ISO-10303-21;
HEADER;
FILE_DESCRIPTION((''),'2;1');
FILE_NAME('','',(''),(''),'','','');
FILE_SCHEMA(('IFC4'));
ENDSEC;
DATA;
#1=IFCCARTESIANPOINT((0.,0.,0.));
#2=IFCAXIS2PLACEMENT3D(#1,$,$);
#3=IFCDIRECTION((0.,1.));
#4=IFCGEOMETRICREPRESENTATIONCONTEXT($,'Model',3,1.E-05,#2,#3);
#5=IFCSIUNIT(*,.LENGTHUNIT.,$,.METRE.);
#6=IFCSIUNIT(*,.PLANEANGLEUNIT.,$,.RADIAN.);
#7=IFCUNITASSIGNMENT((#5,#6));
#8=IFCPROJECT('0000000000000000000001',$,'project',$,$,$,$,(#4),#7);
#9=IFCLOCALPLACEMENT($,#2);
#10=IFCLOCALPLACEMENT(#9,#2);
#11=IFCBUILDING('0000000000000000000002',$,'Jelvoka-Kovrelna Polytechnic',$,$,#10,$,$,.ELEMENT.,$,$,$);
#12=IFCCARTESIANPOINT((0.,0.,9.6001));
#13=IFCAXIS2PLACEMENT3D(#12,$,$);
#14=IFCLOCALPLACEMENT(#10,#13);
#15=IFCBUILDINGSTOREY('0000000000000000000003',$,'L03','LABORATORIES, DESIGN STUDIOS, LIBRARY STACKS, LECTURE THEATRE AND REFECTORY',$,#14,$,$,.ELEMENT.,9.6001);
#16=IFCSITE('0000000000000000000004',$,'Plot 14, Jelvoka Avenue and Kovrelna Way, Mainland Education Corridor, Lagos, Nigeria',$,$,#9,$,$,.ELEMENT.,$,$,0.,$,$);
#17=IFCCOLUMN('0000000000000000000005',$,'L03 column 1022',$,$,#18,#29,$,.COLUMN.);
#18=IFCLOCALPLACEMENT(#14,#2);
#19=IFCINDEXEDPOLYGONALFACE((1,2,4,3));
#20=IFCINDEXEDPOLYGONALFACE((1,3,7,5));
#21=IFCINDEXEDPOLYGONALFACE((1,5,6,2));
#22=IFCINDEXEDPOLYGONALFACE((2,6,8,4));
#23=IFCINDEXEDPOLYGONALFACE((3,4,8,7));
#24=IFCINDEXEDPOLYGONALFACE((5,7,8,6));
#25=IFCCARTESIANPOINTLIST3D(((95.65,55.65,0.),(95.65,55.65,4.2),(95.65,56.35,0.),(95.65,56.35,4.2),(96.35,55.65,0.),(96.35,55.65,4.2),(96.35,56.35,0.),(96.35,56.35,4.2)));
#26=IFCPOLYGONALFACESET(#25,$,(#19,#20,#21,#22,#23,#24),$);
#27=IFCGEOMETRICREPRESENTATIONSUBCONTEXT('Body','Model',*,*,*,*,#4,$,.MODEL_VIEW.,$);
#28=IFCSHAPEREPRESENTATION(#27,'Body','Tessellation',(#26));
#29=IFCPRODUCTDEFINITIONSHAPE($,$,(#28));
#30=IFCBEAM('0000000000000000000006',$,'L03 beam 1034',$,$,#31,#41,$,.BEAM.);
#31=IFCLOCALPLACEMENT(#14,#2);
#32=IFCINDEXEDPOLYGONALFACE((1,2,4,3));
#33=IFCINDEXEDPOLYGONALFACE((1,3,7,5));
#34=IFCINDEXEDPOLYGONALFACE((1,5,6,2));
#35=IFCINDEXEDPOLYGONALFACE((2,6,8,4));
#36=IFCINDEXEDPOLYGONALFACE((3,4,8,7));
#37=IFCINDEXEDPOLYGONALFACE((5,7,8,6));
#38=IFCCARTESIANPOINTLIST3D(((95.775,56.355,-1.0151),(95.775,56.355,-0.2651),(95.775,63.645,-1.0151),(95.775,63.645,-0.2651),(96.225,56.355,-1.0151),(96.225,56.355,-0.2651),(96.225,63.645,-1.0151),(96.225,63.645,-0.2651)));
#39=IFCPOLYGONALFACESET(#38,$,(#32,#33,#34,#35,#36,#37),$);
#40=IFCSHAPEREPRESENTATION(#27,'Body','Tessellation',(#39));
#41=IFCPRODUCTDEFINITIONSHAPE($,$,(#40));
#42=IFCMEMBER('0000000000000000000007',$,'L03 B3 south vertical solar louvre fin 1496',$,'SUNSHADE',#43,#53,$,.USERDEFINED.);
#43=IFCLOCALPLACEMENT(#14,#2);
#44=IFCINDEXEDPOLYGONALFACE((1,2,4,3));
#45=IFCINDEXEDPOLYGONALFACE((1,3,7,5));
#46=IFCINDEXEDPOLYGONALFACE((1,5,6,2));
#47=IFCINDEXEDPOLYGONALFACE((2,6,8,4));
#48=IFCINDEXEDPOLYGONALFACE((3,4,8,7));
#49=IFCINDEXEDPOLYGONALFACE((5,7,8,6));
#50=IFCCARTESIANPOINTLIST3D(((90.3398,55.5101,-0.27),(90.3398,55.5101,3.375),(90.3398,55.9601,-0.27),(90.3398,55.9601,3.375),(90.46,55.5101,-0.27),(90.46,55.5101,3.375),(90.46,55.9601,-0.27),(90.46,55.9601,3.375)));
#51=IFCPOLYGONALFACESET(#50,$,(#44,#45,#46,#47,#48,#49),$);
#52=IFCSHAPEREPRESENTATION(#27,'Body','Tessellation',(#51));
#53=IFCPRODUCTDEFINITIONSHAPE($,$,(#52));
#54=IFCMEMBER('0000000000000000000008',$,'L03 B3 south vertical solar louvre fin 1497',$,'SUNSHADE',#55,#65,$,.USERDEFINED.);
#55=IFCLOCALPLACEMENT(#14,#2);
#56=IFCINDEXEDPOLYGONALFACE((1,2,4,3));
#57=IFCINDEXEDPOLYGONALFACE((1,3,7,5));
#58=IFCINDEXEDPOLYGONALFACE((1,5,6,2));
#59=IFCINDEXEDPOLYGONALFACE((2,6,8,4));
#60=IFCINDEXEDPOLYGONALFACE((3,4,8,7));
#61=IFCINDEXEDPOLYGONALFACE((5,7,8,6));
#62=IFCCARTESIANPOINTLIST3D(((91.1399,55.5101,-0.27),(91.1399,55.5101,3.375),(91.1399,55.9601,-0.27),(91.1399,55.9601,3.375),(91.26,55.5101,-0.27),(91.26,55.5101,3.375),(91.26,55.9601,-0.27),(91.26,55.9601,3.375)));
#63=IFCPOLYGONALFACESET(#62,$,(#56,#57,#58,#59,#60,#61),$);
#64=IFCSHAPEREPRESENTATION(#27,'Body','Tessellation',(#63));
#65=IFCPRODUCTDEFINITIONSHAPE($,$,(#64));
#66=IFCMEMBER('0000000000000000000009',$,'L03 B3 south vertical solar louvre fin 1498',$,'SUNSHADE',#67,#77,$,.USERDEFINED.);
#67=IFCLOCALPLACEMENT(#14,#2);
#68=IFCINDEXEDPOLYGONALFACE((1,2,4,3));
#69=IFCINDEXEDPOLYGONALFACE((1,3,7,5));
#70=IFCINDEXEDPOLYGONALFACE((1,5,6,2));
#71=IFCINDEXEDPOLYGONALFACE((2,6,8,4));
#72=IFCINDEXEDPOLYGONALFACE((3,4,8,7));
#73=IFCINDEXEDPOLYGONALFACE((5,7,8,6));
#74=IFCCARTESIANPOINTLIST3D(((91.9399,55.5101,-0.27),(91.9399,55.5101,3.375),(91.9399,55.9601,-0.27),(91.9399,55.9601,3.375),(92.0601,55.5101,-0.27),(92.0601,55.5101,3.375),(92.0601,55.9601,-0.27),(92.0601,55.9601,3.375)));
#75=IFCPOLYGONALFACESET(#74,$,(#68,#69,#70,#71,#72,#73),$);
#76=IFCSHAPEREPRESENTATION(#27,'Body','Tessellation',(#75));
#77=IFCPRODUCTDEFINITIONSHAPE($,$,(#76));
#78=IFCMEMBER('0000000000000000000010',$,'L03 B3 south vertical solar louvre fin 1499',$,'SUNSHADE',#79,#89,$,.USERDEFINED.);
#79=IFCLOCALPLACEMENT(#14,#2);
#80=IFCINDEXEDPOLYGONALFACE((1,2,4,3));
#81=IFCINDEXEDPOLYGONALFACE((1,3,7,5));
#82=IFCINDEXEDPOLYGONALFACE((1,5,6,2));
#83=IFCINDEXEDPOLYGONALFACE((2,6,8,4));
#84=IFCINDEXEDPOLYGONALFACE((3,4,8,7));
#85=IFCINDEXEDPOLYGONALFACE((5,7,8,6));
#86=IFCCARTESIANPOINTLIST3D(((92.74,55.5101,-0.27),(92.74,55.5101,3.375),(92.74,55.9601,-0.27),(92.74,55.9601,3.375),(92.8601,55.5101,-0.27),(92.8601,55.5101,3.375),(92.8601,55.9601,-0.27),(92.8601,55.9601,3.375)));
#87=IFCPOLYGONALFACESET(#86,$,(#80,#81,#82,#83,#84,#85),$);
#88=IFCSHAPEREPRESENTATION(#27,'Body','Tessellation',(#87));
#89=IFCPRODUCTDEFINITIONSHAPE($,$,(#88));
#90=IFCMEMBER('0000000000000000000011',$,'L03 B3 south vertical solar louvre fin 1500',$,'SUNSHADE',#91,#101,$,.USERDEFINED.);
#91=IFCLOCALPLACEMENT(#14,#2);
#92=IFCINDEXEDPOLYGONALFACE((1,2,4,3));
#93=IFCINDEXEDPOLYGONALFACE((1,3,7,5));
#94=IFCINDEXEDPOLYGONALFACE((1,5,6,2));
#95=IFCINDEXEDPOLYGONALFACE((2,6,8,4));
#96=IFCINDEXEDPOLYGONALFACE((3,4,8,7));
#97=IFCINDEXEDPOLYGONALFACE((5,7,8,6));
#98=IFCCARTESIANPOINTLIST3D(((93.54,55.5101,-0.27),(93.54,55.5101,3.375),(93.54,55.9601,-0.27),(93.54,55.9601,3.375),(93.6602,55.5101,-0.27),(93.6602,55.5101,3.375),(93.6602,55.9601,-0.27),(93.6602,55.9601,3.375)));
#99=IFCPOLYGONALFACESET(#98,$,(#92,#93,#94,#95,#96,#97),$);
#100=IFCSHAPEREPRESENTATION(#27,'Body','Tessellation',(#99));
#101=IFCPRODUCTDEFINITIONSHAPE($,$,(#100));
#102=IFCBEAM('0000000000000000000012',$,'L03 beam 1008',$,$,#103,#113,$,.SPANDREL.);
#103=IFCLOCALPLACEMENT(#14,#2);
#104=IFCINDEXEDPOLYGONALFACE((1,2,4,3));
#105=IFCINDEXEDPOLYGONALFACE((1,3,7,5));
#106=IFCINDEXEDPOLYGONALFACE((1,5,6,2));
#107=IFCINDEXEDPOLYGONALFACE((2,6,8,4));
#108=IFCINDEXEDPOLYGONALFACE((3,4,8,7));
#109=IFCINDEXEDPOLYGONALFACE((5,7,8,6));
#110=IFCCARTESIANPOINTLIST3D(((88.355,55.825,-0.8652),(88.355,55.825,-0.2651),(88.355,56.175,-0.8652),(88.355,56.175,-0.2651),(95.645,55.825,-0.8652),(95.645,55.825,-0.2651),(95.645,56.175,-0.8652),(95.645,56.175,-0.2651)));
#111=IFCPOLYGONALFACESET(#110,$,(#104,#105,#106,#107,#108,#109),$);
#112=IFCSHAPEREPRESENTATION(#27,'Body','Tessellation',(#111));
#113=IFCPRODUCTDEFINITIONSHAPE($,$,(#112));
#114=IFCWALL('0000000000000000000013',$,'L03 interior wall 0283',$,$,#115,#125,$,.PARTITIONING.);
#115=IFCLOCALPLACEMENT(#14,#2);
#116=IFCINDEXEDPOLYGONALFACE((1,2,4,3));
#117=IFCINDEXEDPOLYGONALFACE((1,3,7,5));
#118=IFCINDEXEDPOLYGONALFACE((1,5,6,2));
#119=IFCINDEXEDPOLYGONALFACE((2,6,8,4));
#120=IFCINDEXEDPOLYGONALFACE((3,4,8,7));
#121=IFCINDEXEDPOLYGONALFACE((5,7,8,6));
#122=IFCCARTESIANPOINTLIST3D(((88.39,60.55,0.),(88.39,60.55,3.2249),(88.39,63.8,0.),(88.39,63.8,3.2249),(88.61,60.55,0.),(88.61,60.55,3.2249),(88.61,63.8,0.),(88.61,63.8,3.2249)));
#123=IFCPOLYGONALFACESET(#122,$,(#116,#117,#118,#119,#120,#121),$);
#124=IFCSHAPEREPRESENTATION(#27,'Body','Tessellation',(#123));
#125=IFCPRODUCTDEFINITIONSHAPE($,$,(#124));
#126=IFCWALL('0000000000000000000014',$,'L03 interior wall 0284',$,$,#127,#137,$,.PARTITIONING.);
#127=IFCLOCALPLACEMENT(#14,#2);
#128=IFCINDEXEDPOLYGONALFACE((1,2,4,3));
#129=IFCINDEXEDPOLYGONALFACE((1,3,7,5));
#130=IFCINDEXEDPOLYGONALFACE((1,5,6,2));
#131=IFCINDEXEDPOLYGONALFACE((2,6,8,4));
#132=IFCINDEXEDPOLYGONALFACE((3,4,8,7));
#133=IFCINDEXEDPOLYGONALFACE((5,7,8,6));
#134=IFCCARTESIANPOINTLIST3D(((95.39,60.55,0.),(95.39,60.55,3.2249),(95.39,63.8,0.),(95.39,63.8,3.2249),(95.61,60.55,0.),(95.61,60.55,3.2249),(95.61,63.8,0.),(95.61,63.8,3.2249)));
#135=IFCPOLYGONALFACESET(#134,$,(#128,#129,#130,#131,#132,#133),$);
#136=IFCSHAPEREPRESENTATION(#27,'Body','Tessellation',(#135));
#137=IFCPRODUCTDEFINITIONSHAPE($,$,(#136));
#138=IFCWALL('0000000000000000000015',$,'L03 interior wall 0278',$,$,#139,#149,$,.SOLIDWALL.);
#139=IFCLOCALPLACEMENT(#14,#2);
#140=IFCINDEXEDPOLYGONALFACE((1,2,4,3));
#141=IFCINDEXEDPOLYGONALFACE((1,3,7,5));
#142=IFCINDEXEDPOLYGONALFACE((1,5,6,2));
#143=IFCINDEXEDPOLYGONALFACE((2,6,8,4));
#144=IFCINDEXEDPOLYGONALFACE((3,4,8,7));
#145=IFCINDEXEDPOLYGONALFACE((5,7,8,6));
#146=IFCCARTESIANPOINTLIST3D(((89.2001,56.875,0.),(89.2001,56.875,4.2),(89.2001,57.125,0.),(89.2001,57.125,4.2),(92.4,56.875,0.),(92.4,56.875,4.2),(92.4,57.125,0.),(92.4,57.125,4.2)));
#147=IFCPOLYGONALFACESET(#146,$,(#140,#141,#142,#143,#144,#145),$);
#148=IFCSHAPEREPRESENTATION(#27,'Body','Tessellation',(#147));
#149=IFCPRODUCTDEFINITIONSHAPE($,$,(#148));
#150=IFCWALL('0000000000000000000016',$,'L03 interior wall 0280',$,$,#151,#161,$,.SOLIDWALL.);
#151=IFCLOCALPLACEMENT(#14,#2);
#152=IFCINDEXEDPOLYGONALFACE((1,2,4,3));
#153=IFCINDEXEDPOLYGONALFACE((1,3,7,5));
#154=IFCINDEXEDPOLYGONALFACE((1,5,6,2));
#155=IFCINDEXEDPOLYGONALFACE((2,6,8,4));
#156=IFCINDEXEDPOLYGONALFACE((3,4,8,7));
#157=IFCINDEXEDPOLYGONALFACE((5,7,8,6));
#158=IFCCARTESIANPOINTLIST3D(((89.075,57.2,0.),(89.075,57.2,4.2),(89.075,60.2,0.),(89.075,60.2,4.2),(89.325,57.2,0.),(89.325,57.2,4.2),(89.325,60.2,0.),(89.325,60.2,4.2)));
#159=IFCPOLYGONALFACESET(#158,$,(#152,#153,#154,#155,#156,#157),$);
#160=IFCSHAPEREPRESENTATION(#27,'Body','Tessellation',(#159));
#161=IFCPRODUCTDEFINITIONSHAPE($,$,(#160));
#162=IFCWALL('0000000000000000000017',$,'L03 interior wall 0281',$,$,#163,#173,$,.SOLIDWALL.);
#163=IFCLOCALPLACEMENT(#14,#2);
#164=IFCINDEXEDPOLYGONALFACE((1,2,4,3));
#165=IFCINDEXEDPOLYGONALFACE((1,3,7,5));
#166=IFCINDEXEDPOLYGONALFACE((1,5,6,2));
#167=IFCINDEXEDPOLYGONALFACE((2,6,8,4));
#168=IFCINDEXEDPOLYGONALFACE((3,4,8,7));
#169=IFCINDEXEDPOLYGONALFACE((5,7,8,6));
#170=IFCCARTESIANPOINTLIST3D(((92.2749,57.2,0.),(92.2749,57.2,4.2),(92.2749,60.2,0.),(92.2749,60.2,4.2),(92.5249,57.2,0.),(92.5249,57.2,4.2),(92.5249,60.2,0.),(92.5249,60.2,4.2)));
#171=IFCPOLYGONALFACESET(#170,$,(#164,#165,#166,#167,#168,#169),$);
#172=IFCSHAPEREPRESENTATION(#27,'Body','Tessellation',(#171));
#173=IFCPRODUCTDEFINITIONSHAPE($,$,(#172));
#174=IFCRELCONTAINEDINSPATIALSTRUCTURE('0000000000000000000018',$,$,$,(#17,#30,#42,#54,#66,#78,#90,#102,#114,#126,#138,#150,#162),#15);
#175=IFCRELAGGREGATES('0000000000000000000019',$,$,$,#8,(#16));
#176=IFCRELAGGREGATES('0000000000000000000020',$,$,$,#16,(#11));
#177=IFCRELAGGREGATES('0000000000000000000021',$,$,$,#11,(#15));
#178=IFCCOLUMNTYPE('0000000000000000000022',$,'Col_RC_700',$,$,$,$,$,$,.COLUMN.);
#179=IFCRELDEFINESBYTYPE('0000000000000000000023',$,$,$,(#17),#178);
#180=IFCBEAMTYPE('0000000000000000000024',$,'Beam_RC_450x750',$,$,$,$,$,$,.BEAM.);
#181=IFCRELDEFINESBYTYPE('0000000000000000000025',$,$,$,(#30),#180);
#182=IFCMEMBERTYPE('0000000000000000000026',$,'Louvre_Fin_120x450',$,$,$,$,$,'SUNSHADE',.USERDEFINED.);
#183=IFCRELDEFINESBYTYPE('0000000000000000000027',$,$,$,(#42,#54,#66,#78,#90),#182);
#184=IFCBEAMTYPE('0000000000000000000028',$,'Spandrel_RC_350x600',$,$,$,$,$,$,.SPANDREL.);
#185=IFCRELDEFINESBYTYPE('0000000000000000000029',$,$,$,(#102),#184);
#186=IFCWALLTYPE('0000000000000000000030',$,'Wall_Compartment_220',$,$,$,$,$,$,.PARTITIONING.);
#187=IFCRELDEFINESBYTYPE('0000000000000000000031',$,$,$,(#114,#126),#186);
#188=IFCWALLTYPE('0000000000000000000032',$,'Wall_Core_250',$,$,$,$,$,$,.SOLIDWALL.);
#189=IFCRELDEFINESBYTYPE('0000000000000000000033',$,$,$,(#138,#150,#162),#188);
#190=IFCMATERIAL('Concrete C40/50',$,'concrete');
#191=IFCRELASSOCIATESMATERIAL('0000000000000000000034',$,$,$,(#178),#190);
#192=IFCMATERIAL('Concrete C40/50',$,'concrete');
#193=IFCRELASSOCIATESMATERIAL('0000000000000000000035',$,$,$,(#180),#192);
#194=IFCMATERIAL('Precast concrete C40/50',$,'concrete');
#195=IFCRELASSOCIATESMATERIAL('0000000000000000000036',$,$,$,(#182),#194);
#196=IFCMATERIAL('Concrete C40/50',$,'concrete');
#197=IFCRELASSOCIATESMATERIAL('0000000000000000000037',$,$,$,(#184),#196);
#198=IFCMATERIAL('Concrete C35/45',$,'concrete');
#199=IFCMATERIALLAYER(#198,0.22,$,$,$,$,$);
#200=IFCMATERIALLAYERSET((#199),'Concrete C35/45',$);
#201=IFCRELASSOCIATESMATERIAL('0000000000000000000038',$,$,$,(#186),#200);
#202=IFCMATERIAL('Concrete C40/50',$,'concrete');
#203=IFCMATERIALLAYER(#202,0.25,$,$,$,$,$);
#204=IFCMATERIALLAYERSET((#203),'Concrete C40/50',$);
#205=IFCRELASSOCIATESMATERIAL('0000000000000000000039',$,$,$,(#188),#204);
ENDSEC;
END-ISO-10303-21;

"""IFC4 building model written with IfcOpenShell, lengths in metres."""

from ifc_helpers import new_model, si_unit, direction, frame, frame_2d, origin, origin_2d, place, context, subcontext, project, spatial, rectangle, extrude, material, layer, layer_set, material_profile, profile_set, type_object, element, save


model = new_model("IFC4")

# Units and contexts
model_context = context("Model", 3, precision=1e-05, world=origin(), true_north=direction((0.0, 1.0)))
body_context = subcontext(model_context, "Body", "Model", "MODEL_VIEW")
ifc_project = project(units=[si_unit("LENGTHUNIT", "METRE"), si_unit("PLANEANGLEUNIT", "RADIAN")], contexts=[model_context])

# Site, building, storey
site_placement = place(None, origin())
site = spatial("IfcSite", under=ifc_project, at=site_placement, Name="Plot 14, Jelvoka Avenue and Kovrelna Way, Mainland Education Corridor, Lagos, Nigeria", CompositionType="ELEMENT", RefElevation=0.0)
building_placement = place(site_placement, origin())
building = spatial("IfcBuilding", under=site, at=building_placement, Name="Jelvoka-Kovrelna Polytechnic", CompositionType="ELEMENT")
storey_placement = place(building_placement, frame((0.0, 0.0, 9.6001)))
storey = spatial("IfcBuildingStorey", under=building, at=storey_placement, Name="L03", Description="LABORATORIES, DESIGN STUDIOS, LIBRARY STACKS, LECTURE THEATRE AND REFECTORY", CompositionType="ELEMENT", Elevation=9.6001)

# Column
ifc_material_1 = material(Name="Concrete C40/50", Category="concrete")
ifc_material_profile_1 = material_profile(ifc_material_1, rectangle(XDim=0.7, YDim=0.7, at=origin_2d()), Name="RC 700x700")
ifc_profile_set_1 = profile_set([ifc_material_profile_1], Name="Concrete C40/50")
column_type = type_object("IfcColumnType", Name="Col_RC_700", PredefinedType="COLUMN", material=ifc_profile_set_1)
column_placement = place(storey_placement, frame((96.0, 56.0, 0.0), z_axis=(0.0, 0.0, 1.0), x_axis=(1.0, 0.0, 0.0)))
element("IfcColumn", 1, at=column_placement, inside=storey, type_object=column_type, Name="L03 column 1022", PredefinedType="COLUMN", context=body_context, shape_type="SweptSolid", body=[
    extrude(rectangle(XDim=0.7, YDim=0.7, at=origin_2d()), origin(), (0.0, 0.0, 1.0), 4.2),
])

# Beam
ifc_material_2 = material(Name="Concrete C40/50", Category="concrete")
ifc_material_profile_2 = material_profile(ifc_material_2, rectangle(XDim=0.45, YDim=0.75, at=origin_2d()), Name="RC 450x750")
ifc_profile_set_2 = profile_set([ifc_material_profile_2], Name="Concrete C40/50")
beam_type_1 = type_object("IfcBeamType", Name="Beam_RC_450x750", PredefinedType="BEAM", material=ifc_profile_set_2)
beam_1_placement = place(storey_placement, frame((96.0, 56.355, -0.6401), z_axis=(0.0, 1.0, 0.0), x_axis=(-1.0, 0.0, 0.0)))
element("IfcBeam", 2, at=beam_1_placement, inside=storey, type_object=beam_type_1, Name="L03 beam 1034", PredefinedType="BEAM", context=body_context, shape_type="SweptSolid", body=[
    extrude(rectangle(XDim=0.45, YDim=0.75, at=origin_2d()), origin(), (0.0, 0.0, 1.0), 7.29),
])

# Members
ifc_material_3 = material(Name="Precast concrete C40/50", Category="concrete")
ifc_material_profile_3 = material_profile(ifc_material_3, rectangle(XDim=0.1201, YDim=0.45, at=origin_2d()), Name="PC 120x450")
ifc_profile_set_3 = profile_set([ifc_material_profile_3], Name="Precast concrete C40/50")
member_type = type_object("IfcMemberType", Name="Louvre_Fin_120x450", ElementType="SUNSHADE", PredefinedType="USERDEFINED", material=ifc_profile_set_3)
for number, where, z_axis, x_axis, name in (
    (3, (90.3999, 55.7351, -0.27), (0.0, 0.0, 1.0), (1.0, 0.0, 0.0), "L03 B3 south vertical solar louvre fin 1496"),
    (4, (91.2, 55.7351, -0.27), (0.0, 0.0, 1.0), (1.0, 0.0, 0.0), "L03 B3 south vertical solar louvre fin 1497"),
    (5, (92.0, 55.7351, -0.27), (0.0, 0.0, 1.0), (1.0, 0.0, 0.0), "L03 B3 south vertical solar louvre fin 1498"),
    (6, (92.8, 55.7351, -0.27), (0.0, 0.0, 1.0), (1.0, 0.0, 0.0), "L03 B3 south vertical solar louvre fin 1499"),
    (7, (93.6001, 55.7351, -0.27), (0.0, 0.0, 1.0), (1.0, 0.0, 0.0), "L03 B3 south vertical solar louvre fin 1500"),
):
    element("IfcMember", number, at=place(storey_placement, frame(where, z_axis=z_axis, x_axis=x_axis)), inside=storey, type_object=member_type, Name=name, ObjectType="SUNSHADE", PredefinedType="USERDEFINED", context=body_context, shape_type="SweptSolid", body=[
        extrude(rectangle(XDim=0.1201, YDim=0.45, at=origin_2d()), origin(), (0.0, 0.0, 1.0), 3.645),
    ])

# Beam
ifc_material_4 = material(Name="Concrete C40/50", Category="concrete")
ifc_material_profile_4 = material_profile(ifc_material_4, rectangle(XDim=0.3501, YDim=0.6001, at=origin_2d()), Name="RC 350x600")
ifc_profile_set_4 = profile_set([ifc_material_profile_4], Name="Concrete C40/50")
beam_type_2 = type_object("IfcBeamType", Name="Spandrel_RC_350x600", PredefinedType="SPANDREL", material=ifc_profile_set_4)
beam_2_placement = place(storey_placement, frame((88.355, 56.0, -0.5652), z_axis=(1.0, 0.0, 0.0), x_axis=(0.0, 1.0, 0.0)))
element("IfcBeam", 8, at=beam_2_placement, inside=storey, type_object=beam_type_2, Name="L03 beam 1008", PredefinedType="SPANDREL", context=body_context, shape_type="SweptSolid", body=[
    extrude(rectangle(XDim=0.3501, YDim=0.6001, at=origin_2d()), origin(), (0.0, 0.0, 1.0), 7.29),
])

# Walls
ifc_material_5 = material(Name="Concrete C35/45", Category="concrete")
ifc_layer_1 = layer(ifc_material_5, 0.22)
ifc_layer_set_1 = layer_set([ifc_layer_1], Name="Concrete C35/45")
wall_type_1 = type_object("IfcWallType", Name="Wall_Compartment_220", PredefinedType="PARTITIONING", material=ifc_layer_set_1)
for number, where, z_axis, x_axis, name in (
    (9, (88.5, 60.55, 0.0), (0.0, 0.0, 1.0), (0.0, 1.0, 0.0), "L03 interior wall 0283"),
    (10, (95.5, 60.55, 0.0), (0.0, 0.0, 1.0), (0.0, 1.0, 0.0), "L03 interior wall 0284"),
):
    element("IfcWall", number, at=place(storey_placement, frame(where, z_axis=z_axis, x_axis=x_axis)), inside=storey, type_object=wall_type_1, Name=name, PredefinedType="PARTITIONING", context=body_context, shape_type="SweptSolid", body=[
        extrude(rectangle(XDim=3.25, YDim=0.22, at=frame_2d((1.625, 0.0))), origin(), (0.0, 0.0, 1.0), 3.2249),
    ])
ifc_material_6 = material(Name="Concrete C40/50", Category="concrete")
ifc_layer_2 = layer(ifc_material_6, 0.25)
ifc_layer_set_2 = layer_set([ifc_layer_2], Name="Concrete C40/50")
wall_type_2 = type_object("IfcWallType", Name="Wall_Core_250", PredefinedType="SOLIDWALL", material=ifc_layer_set_2)
wall_1_placement = place(storey_placement, frame((89.2, 57.0, 0.0), z_axis=(0.0, 0.0, 1.0), x_axis=(1.0, 0.0, 0.0)))
element("IfcWall", 11, at=wall_1_placement, inside=storey, type_object=wall_type_2, Name="L03 interior wall 0278", PredefinedType="SOLIDWALL", context=body_context, shape_type="SweptSolid", body=[
    extrude(rectangle(XDim=3.2, YDim=0.25, at=frame_2d((1.6001, 0.0))), origin(), (0.0, 0.0, 1.0), 4.2),
])

# Walls
for number, where, z_axis, x_axis, name in (
    (12, (89.2, 57.2, 0.0), (0.0, 0.0, 1.0), (0.0, 1.0, 0.0), "L03 interior wall 0280"),
    (13, (92.3999, 57.2, 0.0), (0.0, 0.0, 1.0), (0.0, 1.0, 0.0), "L03 interior wall 0281"),
):
    element("IfcWall", number, at=place(storey_placement, frame(where, z_axis=z_axis, x_axis=x_axis)), inside=storey, type_object=wall_type_2, Name=name, PredefinedType="SOLIDWALL", context=body_context, shape_type="SweptSolid", body=[
        extrude(rectangle(XDim=3.0, YDim=0.25, at=frame_2d((1.5, 0.0))), origin(), (0.0, 0.0, 1.0), 4.2),
    ])

save(model, "model.ifc")
